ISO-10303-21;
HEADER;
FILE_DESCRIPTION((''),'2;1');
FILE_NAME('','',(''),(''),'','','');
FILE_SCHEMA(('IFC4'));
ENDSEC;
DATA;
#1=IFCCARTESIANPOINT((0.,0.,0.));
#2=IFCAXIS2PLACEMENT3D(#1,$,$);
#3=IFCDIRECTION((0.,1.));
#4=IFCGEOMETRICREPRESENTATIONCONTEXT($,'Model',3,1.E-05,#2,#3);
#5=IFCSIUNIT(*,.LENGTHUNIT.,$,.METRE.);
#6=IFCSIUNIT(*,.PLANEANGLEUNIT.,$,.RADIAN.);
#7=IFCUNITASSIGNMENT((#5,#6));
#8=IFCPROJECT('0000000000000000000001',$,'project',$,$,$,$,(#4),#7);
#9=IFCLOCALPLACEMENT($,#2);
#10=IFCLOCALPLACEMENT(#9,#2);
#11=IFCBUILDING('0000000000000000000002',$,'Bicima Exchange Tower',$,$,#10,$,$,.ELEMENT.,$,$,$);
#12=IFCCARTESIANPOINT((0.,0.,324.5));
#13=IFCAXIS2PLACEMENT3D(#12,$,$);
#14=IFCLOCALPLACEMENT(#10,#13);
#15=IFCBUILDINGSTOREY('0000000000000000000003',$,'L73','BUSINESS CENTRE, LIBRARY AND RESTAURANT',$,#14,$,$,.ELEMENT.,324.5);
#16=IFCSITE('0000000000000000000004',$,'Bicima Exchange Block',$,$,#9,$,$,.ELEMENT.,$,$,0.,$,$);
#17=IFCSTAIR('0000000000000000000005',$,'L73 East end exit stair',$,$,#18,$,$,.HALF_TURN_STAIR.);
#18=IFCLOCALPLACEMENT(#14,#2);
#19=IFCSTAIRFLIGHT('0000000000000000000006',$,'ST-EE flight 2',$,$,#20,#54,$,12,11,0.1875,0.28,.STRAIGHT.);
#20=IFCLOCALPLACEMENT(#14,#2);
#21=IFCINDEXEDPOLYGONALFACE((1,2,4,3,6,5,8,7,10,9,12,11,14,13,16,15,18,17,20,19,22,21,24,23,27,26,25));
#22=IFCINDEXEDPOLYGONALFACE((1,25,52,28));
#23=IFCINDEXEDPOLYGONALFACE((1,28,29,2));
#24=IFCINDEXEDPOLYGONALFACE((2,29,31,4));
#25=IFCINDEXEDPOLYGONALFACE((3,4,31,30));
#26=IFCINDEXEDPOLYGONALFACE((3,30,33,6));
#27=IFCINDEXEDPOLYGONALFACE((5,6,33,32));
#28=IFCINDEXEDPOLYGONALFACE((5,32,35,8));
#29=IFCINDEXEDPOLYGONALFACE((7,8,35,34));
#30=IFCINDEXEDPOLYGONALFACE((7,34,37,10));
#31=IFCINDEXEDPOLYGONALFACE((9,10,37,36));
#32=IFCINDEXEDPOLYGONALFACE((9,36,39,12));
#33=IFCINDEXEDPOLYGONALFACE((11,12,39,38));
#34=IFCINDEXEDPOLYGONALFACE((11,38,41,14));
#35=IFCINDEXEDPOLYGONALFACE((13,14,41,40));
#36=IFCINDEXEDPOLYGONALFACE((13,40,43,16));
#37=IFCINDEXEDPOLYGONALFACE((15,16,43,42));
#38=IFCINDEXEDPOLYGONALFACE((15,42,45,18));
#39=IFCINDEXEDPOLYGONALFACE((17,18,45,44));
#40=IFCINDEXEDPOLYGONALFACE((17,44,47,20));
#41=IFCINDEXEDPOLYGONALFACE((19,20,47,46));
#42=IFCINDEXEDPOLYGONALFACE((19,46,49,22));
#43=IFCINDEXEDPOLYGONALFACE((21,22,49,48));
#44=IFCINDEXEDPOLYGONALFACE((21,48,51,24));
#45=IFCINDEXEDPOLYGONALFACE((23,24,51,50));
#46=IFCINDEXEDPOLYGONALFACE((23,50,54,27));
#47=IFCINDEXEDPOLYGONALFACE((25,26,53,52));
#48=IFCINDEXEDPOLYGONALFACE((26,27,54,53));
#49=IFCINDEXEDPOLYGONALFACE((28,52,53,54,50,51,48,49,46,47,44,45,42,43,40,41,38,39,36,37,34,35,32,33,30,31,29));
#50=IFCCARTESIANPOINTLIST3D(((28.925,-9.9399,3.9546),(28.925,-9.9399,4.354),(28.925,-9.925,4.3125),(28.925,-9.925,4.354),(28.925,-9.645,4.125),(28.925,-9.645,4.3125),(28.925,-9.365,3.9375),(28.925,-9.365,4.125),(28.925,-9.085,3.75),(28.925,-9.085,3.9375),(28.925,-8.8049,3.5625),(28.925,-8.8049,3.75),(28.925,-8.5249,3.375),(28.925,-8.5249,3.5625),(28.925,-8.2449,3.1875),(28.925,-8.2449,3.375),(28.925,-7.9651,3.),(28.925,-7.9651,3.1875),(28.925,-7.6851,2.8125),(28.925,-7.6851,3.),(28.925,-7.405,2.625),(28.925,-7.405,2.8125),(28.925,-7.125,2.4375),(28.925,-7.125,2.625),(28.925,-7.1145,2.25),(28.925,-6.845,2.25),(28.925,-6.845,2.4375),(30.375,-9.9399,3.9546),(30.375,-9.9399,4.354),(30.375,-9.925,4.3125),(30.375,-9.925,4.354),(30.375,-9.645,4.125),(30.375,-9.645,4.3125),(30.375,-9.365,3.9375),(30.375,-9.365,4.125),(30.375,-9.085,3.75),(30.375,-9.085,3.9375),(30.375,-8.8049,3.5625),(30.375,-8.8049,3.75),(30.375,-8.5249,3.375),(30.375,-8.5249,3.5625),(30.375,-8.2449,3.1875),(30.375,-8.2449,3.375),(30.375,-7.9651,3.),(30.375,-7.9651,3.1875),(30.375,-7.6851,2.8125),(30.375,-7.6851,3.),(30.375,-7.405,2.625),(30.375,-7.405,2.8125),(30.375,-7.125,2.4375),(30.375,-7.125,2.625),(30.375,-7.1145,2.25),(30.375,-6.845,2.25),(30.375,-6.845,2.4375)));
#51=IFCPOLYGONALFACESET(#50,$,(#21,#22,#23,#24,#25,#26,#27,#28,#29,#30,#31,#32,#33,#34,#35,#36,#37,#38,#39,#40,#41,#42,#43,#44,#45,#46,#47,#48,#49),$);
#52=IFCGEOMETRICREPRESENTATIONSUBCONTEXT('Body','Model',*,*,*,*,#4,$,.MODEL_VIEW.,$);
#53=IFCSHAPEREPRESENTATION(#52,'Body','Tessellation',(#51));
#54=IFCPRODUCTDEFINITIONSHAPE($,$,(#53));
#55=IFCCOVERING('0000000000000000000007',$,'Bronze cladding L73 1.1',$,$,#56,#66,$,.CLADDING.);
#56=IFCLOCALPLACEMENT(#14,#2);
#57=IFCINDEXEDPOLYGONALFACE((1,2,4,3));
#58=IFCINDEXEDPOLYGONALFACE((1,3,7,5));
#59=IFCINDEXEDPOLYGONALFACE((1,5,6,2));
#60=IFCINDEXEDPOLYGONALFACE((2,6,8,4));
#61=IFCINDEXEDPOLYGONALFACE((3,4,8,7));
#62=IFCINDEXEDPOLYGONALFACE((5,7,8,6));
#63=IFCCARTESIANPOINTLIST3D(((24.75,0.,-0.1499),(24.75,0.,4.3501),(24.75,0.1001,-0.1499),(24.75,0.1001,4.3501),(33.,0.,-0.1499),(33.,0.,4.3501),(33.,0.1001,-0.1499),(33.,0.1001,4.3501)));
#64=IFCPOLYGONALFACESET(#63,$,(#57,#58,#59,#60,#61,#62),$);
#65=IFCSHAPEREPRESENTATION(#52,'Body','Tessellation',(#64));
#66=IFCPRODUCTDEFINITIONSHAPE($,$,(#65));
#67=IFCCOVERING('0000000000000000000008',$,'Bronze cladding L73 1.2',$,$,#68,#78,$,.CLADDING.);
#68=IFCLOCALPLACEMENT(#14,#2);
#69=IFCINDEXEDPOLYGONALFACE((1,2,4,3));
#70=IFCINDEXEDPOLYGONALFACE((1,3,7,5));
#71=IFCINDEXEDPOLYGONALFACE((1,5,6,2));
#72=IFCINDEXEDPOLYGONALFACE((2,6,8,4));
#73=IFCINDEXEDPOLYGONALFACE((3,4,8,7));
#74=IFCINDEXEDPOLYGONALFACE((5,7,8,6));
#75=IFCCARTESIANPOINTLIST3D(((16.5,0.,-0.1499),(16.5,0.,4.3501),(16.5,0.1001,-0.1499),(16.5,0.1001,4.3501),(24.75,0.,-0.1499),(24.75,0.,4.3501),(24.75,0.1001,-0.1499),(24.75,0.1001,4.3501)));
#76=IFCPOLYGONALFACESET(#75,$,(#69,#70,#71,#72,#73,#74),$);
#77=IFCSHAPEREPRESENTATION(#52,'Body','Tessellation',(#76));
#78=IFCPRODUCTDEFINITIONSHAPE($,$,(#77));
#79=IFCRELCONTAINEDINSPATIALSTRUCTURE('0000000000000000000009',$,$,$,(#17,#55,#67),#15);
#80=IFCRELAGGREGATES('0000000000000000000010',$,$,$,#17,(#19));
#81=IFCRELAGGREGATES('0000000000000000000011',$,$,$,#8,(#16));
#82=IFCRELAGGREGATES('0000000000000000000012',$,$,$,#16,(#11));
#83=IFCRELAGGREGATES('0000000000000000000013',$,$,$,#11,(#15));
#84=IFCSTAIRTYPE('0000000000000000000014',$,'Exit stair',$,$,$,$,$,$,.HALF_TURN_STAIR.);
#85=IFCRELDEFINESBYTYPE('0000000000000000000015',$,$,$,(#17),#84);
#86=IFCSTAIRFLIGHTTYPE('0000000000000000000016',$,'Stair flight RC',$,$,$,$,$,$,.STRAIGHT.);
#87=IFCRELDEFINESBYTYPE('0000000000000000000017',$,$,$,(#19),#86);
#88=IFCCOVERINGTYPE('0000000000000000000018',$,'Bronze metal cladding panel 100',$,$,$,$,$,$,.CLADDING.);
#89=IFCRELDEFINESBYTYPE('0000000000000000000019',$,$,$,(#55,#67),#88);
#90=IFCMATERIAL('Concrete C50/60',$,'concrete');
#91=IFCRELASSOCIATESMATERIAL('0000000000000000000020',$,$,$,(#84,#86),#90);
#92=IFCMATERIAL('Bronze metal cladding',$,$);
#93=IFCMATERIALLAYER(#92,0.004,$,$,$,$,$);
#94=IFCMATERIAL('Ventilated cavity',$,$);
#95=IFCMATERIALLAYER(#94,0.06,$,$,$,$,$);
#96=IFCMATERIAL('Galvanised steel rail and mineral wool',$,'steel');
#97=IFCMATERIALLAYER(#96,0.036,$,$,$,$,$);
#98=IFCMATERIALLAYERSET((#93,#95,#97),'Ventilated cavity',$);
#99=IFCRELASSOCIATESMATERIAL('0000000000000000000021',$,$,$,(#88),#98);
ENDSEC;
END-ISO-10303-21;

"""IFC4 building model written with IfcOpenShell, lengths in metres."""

from ifc_helpers import new_model, si_unit, direction, frame, origin, origin_2d, place, context, subcontext, project, spatial, polyline, rectangle, outline, extrude, material, layer, layer_set, type_object, element, aggregate, save


model = new_model("IFC4")

# Units and contexts
model_context = context("Model", 3, precision=1e-05, world=origin(), true_north=direction((0.0, 1.0)))
body_context = subcontext(model_context, "Body", "Model", "MODEL_VIEW")
ifc_project = project(units=[si_unit("LENGTHUNIT", "METRE"), si_unit("PLANEANGLEUNIT", "RADIAN")], contexts=[model_context])

# Site, building, storey
site_placement = place(None, origin())
site = spatial("IfcSite", under=ifc_project, at=site_placement, Name="Bicima Exchange Block", CompositionType="ELEMENT", RefElevation=0.0)
building_placement = place(site_placement, origin())
building = spatial("IfcBuilding", under=site, at=building_placement, Name="Bicima Exchange Tower", CompositionType="ELEMENT")
storey_placement = place(building_placement, frame((0.0, 0.0, 324.5)))
storey = spatial("IfcBuildingStorey", under=building, at=storey_placement, Name="L73", Description="BUSINESS CENTRE, LIBRARY AND RESTAURANT", CompositionType="ELEMENT", Elevation=324.5)

# Shared definitions
ifc_material_1 = material(Name="Concrete C50/60", Category="concrete")

# Shared definitions
stair_type = type_object("IfcStairType", Name="Exit stair", PredefinedType="HALF_TURN_STAIR", material=ifc_material_1)
stair_flight_type = type_object("IfcStairFlightType", Name="Stair flight RC", PredefinedType="STRAIGHT", material=ifc_material_1)

# Stair, stair flight
stair_1_placement = place(storey_placement, origin())
stair_1 = element("IfcStair", 1, at=stair_1_placement, inside=storey, type_object=stair_type, Name="L73 East end exit stair", PredefinedType="HALF_TURN_STAIR")
stair_flight_1_placement = place(storey_placement, frame((29.6499, -6.845, 2.25), z_axis=(0.0, 0.0, 1.0), x_axis=(0.0, -1.0, 0.0)))
stair_flight_1 = element("IfcStairFlight", 2, at=stair_flight_1_placement, type_object=stair_flight_type, Name="ST-EE flight 2", NumberOfRisers=12, NumberOfTreads=11, PredefinedType="STRAIGHT", RiserHeight=0.1875, TreadLength=0.28, context=body_context, shape_type="SweptSolid", body=[
    extrude(outline(polyline([(0.0, 0.0), (0.0, 0.1875), (0.28, 0.1875), (0.28, 0.375), (0.5601, 0.375), (0.5601, 0.5625), (0.8401, 0.5625), (0.8401, 0.75), (1.1201, 0.75), (1.1201, 0.9375), (1.3999, 0.9375), (1.3999, 1.125), (1.6799, 1.125), (1.6799, 1.3125), (1.96, 1.3125), (1.96, 1.5), (2.24, 1.5), (2.24, 1.6875), (2.52, 1.6875), (2.52, 1.875), (2.8, 1.875), (2.8, 2.0625), (3.0801, 2.0625), (3.0801, 2.104), (3.095, 2.104), (3.095, 1.7046), (0.2695, 0.0), (0.0, 0.0)])), frame((0.0, 0.7251, 0.0), z_axis=(0.0, -1.0, 0.0), x_axis=(1.0, 0.0, 0.0)), (0.0, 0.0, 1.0), 1.45),
])
aggregate(stair_1, [stair_flight_1])

# Coverings
ifc_material_2 = material(Name="Bronze metal cladding")
ifc_layer_1 = layer(ifc_material_2, 0.004)
ifc_material_3 = material(Name="Ventilated cavity")
ifc_layer_2 = layer(ifc_material_3, 0.06)
ifc_material_4 = material(Name="Galvanised steel rail and mineral wool", Category="steel")
ifc_layer_3 = layer(ifc_material_4, 0.036)
ifc_layer_set_1 = layer_set([ifc_layer_1, ifc_layer_2, ifc_layer_3], Name="Ventilated cavity")
covering_type = type_object("IfcCoveringType", Name="Bronze metal cladding panel 100", PredefinedType="CLADDING", material=ifc_layer_set_1)
for number, where, z_axis, x_axis, name in (
    (3, (28.875, 0.05, -0.1499), (0.0, 0.0, 1.0), (-1.0, 0.0, 0.0), "Bronze cladding L73 1.1"),
    (4, (20.625, 0.05, -0.1499), (0.0, 0.0, 1.0), (-1.0, 0.0, 0.0), "Bronze cladding L73 1.2"),
):
    element("IfcCovering", number, at=place(storey_placement, frame(where, z_axis=z_axis, x_axis=x_axis)), inside=storey, type_object=covering_type, Name=name, PredefinedType="CLADDING", context=body_context, shape_type="SweptSolid", body=[
        extrude(rectangle(XDim=8.25, YDim=0.1001, at=origin_2d()), origin(), (0.0, 0.0, 1.0), 4.5),
    ])

save(model, "model.ifc")
